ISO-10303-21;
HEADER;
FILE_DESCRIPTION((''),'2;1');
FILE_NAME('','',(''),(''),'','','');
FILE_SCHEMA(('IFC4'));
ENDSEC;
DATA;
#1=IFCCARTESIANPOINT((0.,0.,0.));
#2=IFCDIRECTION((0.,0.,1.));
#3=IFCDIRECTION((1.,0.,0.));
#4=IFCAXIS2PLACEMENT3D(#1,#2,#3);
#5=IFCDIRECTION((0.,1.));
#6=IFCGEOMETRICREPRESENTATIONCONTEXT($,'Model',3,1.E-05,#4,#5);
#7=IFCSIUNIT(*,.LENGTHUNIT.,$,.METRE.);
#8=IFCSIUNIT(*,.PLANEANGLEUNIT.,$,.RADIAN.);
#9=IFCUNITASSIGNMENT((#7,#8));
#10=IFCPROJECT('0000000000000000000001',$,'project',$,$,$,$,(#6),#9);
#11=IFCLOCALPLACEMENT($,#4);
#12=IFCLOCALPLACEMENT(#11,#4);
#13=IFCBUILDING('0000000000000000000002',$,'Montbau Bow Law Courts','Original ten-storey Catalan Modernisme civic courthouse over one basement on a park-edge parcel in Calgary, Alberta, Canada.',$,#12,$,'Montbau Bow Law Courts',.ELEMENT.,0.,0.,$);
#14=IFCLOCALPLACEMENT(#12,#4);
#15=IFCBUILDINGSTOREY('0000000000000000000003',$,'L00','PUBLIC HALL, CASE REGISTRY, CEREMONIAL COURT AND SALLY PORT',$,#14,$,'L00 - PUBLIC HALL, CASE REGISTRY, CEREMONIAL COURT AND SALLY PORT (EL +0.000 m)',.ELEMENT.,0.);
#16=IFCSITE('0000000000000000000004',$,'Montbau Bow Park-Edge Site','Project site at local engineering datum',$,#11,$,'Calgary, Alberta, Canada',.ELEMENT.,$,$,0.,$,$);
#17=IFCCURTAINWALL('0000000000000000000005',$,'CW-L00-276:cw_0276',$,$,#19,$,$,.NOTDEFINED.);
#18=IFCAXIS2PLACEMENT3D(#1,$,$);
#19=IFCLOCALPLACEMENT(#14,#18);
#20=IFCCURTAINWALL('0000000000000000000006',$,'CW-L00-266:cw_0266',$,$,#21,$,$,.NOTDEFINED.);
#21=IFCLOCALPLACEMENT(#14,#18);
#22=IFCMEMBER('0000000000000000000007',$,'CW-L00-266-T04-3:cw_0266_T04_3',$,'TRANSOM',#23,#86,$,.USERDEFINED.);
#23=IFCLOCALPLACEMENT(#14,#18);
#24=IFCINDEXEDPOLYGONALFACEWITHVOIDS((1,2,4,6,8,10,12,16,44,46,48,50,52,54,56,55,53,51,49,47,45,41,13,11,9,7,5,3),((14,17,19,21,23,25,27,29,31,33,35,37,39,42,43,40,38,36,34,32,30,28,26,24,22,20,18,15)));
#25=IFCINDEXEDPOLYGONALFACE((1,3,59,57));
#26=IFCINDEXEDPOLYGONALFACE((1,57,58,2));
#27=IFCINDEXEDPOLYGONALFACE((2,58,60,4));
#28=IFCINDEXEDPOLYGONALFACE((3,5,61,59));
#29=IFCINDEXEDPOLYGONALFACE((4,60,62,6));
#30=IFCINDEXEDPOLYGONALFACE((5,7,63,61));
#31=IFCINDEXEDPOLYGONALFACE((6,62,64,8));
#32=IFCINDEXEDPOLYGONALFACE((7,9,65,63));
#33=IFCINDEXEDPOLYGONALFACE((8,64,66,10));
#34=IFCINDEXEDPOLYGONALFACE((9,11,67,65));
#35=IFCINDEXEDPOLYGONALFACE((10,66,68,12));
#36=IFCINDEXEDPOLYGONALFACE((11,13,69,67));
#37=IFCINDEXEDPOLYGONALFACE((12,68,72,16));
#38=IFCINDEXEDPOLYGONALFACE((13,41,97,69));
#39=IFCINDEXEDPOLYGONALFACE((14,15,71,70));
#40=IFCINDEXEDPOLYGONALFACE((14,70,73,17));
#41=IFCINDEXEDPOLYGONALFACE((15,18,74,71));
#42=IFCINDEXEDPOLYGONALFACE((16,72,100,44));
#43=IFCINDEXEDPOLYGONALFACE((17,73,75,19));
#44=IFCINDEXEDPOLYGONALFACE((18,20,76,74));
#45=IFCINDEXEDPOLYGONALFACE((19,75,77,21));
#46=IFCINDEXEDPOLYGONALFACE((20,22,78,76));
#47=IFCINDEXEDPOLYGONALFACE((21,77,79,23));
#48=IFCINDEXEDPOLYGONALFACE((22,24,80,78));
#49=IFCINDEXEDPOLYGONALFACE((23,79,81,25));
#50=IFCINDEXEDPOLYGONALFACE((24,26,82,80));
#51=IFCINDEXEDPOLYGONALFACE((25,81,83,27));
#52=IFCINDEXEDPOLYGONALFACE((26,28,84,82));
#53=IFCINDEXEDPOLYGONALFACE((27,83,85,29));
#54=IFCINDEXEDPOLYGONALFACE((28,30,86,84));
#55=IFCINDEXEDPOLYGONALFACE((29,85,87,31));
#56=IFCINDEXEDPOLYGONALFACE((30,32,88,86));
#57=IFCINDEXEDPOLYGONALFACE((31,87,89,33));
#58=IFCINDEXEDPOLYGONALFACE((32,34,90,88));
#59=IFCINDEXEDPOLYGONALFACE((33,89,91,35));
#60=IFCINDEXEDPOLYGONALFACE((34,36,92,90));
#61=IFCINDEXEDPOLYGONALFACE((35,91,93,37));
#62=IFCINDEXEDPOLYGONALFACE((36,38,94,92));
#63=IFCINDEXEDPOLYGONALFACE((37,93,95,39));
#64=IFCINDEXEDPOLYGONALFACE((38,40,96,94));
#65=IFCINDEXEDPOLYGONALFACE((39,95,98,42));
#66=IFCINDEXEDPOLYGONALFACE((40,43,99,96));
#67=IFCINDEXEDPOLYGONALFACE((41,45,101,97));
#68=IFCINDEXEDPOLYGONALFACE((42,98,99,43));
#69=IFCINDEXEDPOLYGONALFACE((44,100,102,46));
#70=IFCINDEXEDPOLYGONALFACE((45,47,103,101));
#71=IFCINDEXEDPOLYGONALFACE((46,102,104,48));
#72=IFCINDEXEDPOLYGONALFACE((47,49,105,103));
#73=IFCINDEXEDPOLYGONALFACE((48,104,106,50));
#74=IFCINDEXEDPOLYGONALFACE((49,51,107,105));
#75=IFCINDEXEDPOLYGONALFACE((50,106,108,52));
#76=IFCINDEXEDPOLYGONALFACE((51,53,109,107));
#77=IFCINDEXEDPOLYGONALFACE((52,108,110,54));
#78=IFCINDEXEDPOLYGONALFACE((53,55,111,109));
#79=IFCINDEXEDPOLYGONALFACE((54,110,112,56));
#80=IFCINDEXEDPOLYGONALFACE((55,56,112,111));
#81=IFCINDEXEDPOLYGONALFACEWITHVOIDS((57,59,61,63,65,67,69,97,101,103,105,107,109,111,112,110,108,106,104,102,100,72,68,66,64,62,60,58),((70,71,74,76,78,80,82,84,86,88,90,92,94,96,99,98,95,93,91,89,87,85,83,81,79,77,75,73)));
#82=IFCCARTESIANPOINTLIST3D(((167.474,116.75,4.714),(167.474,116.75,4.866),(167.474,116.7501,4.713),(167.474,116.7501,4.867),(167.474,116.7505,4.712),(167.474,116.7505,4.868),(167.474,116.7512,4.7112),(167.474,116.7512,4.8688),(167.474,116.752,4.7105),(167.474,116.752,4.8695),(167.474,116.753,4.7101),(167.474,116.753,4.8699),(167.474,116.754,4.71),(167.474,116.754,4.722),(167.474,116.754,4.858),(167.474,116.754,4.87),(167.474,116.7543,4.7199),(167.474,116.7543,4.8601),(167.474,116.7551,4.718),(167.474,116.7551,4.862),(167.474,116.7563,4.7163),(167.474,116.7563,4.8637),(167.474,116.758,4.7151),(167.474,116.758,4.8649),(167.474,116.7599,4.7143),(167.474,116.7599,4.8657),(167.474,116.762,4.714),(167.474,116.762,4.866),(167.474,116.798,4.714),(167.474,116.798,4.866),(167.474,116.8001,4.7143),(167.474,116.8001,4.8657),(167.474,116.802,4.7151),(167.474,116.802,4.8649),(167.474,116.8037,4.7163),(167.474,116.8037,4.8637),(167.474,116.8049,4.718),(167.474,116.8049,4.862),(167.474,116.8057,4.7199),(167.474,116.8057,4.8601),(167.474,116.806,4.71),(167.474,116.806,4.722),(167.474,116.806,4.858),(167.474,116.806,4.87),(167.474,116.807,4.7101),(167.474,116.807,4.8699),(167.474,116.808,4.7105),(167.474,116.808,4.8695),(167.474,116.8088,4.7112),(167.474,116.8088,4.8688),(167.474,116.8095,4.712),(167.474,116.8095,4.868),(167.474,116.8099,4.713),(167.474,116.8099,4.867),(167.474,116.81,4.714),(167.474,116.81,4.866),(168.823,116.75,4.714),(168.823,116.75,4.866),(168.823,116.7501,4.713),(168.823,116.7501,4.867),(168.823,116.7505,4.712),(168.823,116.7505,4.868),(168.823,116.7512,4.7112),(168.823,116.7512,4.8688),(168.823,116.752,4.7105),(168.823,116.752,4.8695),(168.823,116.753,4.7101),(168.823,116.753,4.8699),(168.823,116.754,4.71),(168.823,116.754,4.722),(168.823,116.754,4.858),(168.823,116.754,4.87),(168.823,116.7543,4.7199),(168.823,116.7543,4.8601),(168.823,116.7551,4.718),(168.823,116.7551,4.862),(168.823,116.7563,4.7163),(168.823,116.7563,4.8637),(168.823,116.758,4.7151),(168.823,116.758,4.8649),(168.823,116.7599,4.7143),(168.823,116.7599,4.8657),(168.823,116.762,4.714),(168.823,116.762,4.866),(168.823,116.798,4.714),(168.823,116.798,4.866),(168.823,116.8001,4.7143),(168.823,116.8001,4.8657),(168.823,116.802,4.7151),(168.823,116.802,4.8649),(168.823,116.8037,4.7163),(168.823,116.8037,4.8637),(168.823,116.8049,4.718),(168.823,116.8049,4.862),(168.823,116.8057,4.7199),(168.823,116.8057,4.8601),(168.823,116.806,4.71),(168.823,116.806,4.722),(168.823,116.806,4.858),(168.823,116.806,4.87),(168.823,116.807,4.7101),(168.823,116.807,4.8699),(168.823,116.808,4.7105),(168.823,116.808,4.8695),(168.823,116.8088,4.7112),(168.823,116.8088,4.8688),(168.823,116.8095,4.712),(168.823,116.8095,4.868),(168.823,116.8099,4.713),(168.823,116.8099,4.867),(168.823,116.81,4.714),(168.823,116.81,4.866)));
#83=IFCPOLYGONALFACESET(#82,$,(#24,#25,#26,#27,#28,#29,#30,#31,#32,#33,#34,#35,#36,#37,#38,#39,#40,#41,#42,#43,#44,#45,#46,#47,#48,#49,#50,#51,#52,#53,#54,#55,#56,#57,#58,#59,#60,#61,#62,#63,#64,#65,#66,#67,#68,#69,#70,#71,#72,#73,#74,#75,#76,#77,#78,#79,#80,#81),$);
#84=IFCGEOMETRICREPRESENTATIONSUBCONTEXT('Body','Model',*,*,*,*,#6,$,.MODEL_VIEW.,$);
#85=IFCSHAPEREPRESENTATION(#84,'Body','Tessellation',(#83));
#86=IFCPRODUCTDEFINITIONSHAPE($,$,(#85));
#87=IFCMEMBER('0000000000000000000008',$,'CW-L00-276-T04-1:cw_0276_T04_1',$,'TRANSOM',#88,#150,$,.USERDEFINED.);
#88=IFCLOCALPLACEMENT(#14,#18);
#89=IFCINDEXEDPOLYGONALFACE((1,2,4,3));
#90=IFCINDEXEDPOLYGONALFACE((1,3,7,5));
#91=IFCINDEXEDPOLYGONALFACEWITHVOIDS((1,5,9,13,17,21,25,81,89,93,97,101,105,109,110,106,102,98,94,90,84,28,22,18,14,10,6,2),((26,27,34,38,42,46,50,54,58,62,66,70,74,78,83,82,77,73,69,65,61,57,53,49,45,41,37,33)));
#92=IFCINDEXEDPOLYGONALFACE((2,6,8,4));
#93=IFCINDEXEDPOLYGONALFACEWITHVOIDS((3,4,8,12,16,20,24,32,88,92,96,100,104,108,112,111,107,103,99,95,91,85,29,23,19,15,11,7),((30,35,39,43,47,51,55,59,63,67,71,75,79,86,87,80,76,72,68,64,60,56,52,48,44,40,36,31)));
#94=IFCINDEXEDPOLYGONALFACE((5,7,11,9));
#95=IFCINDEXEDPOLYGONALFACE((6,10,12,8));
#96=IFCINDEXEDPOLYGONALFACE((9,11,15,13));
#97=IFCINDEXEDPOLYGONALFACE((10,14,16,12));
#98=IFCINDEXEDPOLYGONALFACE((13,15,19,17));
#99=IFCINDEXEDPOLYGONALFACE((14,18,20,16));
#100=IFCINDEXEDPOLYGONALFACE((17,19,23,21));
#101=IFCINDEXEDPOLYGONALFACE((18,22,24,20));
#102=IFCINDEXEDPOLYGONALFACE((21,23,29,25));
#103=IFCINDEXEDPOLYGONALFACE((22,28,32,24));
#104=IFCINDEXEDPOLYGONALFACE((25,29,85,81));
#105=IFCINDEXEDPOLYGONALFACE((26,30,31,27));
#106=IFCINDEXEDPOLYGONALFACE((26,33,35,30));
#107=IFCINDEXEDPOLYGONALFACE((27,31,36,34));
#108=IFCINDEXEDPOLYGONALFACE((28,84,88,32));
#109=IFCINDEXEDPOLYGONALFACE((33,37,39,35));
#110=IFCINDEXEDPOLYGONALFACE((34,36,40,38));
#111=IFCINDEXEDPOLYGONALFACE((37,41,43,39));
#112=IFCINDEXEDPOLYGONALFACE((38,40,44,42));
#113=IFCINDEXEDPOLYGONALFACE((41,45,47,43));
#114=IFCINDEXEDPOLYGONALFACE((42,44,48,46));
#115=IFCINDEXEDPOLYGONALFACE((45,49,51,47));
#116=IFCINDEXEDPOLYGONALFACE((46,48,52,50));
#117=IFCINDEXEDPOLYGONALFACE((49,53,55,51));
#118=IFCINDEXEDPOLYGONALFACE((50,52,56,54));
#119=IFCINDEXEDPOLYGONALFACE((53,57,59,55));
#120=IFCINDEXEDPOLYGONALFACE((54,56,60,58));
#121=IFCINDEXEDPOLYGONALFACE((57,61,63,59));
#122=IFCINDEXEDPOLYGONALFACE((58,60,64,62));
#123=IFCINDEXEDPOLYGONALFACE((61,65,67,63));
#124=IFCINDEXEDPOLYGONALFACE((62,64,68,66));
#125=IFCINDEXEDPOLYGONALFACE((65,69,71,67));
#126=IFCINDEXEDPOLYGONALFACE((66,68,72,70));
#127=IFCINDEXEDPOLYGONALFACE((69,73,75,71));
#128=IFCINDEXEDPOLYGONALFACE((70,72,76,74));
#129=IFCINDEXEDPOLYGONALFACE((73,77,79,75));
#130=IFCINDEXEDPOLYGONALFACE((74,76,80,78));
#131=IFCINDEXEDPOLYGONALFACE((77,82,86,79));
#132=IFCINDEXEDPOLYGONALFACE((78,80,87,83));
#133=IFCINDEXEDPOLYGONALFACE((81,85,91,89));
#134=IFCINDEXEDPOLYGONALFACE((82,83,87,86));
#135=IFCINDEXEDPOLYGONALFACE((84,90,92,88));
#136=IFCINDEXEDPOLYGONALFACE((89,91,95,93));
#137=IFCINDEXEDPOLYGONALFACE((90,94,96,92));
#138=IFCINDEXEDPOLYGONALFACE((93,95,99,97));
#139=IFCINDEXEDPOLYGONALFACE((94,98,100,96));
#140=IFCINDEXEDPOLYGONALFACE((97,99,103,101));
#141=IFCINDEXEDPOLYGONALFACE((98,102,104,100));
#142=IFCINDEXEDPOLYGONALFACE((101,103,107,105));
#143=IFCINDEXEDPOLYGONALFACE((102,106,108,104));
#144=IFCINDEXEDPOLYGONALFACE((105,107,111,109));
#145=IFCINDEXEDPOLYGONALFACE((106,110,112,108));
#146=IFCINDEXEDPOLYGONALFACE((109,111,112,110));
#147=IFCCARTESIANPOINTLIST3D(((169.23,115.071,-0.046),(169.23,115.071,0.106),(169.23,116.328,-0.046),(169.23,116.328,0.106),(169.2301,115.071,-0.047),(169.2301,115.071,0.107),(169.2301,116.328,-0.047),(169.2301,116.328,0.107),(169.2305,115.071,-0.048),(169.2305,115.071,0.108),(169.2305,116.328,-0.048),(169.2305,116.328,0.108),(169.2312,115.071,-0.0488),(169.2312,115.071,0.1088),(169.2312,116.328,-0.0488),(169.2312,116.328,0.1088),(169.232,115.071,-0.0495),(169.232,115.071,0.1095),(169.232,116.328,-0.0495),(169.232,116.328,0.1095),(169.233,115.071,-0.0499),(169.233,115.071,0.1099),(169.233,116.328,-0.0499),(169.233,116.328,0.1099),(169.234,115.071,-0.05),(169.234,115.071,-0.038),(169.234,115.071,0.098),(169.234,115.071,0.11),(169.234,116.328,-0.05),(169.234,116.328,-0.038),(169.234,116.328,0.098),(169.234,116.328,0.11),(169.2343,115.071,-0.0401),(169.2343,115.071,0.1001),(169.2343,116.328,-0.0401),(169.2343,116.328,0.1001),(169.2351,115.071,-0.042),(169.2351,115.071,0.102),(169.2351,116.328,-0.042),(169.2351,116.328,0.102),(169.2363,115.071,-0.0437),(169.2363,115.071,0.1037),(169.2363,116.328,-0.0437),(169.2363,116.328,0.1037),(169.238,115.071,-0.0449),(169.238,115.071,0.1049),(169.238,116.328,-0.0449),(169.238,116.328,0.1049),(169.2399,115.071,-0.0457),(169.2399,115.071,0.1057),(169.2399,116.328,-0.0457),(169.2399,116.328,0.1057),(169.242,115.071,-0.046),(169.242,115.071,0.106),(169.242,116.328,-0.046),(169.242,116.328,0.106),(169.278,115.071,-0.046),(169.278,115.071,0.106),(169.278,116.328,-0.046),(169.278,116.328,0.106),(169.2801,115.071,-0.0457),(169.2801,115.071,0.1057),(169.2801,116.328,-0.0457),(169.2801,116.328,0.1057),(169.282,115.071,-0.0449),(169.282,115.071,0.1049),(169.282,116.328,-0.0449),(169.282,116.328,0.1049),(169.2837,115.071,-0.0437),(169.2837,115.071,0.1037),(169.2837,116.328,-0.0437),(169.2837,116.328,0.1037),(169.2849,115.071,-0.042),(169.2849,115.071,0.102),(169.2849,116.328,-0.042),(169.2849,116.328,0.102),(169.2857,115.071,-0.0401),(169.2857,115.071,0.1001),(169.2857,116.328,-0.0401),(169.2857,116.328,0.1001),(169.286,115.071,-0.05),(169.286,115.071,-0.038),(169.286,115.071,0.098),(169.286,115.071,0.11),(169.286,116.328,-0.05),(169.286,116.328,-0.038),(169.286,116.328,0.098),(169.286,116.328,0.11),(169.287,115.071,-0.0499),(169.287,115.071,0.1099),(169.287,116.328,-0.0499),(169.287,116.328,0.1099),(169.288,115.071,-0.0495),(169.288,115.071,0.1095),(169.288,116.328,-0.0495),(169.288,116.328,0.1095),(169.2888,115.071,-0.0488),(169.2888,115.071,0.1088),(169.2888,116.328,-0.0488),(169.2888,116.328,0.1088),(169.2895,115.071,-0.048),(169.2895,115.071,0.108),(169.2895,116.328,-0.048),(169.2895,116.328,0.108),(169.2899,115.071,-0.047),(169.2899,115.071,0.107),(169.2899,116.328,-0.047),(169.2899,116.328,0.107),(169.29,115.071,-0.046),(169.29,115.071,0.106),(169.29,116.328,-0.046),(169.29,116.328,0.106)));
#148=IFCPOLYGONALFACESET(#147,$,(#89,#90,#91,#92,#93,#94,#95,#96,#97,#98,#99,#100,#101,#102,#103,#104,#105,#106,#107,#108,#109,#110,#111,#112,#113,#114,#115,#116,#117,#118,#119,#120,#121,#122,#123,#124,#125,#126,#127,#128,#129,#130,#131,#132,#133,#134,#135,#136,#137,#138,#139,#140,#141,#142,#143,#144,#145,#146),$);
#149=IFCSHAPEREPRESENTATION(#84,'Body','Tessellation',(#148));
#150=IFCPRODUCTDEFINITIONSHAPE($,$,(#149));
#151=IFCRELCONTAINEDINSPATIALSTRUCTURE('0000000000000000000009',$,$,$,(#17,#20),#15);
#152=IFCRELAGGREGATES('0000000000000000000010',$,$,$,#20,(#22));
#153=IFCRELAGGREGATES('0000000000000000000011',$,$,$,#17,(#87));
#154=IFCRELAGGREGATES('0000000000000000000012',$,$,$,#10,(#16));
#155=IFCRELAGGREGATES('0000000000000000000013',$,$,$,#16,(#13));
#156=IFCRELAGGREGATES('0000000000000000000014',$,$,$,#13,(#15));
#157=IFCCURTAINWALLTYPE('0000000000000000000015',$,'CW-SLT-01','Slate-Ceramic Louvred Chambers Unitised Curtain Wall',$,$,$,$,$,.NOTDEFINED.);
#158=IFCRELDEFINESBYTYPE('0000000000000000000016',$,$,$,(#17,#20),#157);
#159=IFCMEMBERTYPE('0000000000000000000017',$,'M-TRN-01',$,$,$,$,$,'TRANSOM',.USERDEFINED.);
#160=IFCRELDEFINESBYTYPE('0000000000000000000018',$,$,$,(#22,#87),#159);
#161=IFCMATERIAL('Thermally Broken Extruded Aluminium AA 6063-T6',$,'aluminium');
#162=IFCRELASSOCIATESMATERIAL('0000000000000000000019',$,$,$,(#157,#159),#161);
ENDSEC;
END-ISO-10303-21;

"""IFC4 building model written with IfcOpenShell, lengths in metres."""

from ifc_helpers import new_model, si_unit, direction, frame, origin_with_axes, origin_2d_with_axis, place, context, subcontext, project, spatial, hollow_rectangle, extrude, material, material_profile, profile_set, type_object, element, aggregate, save


model = new_model("IFC4")

# Units and contexts
model_context = context("Model", 3, precision=1e-05, world=origin_with_axes(), true_north=direction((0.0, 1.0)))
body_context = subcontext(model_context, "Body", "Model", "MODEL_VIEW")
ifc_project = project(units=[si_unit("LENGTHUNIT", "METRE"), si_unit("PLANEANGLEUNIT", "RADIAN")], contexts=[model_context])

# Site, building, storey
site_placement = place(None, origin_with_axes())
site = spatial("IfcSite", under=ifc_project, at=site_placement, Name="Montbau Bow Park-Edge Site", Description="Project site at local engineering datum", LongName="Calgary, Alberta, Canada", CompositionType="ELEMENT", RefElevation=0.0)
building_placement = place(site_placement, origin_with_axes())
building = spatial("IfcBuilding", under=site, at=building_placement, Name="Montbau Bow Law Courts", Description="Original ten-storey Catalan Modernisme civic courthouse over one basement on a park-edge parcel in Calgary, Alberta, Canada.", LongName="Montbau Bow Law Courts", CompositionType="ELEMENT", ElevationOfRefHeight=0.0, ElevationOfTerrain=0.0)
storey_placement = place(building_placement, origin_with_axes())
storey = spatial("IfcBuildingStorey", under=building, at=storey_placement, Name="L00", Description="PUBLIC HALL, CASE REGISTRY, CEREMONIAL COURT AND SALLY PORT", LongName="L00 - PUBLIC HALL, CASE REGISTRY, CEREMONIAL COURT AND SALLY PORT (EL +0.000 m)", CompositionType="ELEMENT", Elevation=0.0)

# Curtain walls, member
ifc_material_1 = material(Name="Thermally Broken Extruded Aluminium AA 6063-T6", Category="aluminium")
curtain_wall_type = type_object("IfcCurtainWallType", Name="CW-SLT-01", Description="Slate-Ceramic Louvred Chambers Unitised Curtain Wall", PredefinedType="NOTDEFINED", material=ifc_material_1)
curtain_wall_1_placement = place(None, frame((169.26, 110.915, 0.0), z_axis=(0.0, 0.0, 1.0), x_axis=(1.0, 0.0, 0.0)))
curtain_wall_1 = element("IfcCurtainWall", 1, at=curtain_wall_1_placement, inside=storey, type_object=curtain_wall_type, Name="CW-L00-276:cw_0276", PredefinedType="NOTDEFINED")
curtain_wall_2_placement = place(None, frame((163.115, 116.78, 0.0), z_axis=(0.0, 0.0, 1.0), x_axis=(1.0, 0.0, 0.0)))
curtain_wall_2 = element("IfcCurtainWall", 2, at=curtain_wall_2_placement, inside=storey, type_object=curtain_wall_type, Name="CW-L00-266:cw_0266", PredefinedType="NOTDEFINED")
ifc_material_profile_1 = material_profile(ifc_material_1, hollow_rectangle(XDim=0.06, YDim=0.16, WallThickness=0.004, InnerFilletRadius=0.008, OuterFilletRadius=0.004, at=origin_2d_with_axis()), Name="CWT-160X60", Category="Main", Priority=0)
ifc_profile_set_1 = profile_set([ifc_material_profile_1], Name="Thermally Broken Extruded Aluminium AA 6063-T6")
member_type_1 = type_object("IfcMemberType", Name="M-TRN-01", ElementType="TRANSOM", PredefinedType="USERDEFINED", material=ifc_profile_set_1)
member_1_placement = place(None, frame((167.474, 116.78, 4.79), z_axis=(1.0, 0.0, 0.0), x_axis=(0.0, 1.0, 0.0)))
member_1 = element("IfcMember", 3, at=member_1_placement, type_object=member_type_1, Name="CW-L00-266-T04-3:cw_0266_T04_3", ObjectType="TRANSOM", PredefinedType="USERDEFINED", context=body_context, shape_type="SweptSolid", body=[
    extrude(hollow_rectangle(XDim=0.06, YDim=0.16, WallThickness=0.004, InnerFilletRadius=0.008, OuterFilletRadius=0.004, at=origin_2d_with_axis()), origin_with_axes(), (0.0, 0.0, 1.0), 1.349),
])

# Member
member_2_placement = place(None, frame((169.26, 115.071, 0.03), z_axis=(0.0, 1.0, 0.0), x_axis=(-1.0, 0.0, 0.0)))
member_2 = element("IfcMember", 4, at=member_2_placement, type_object=member_type_1, Name="CW-L00-276-T04-1:cw_0276_T04_1", ObjectType="TRANSOM", PredefinedType="USERDEFINED", context=body_context, shape_type="SweptSolid", body=[
    extrude(hollow_rectangle(XDim=0.06, YDim=0.16, WallThickness=0.004, InnerFilletRadius=0.008, OuterFilletRadius=0.004, at=origin_2d_with_axis()), origin_with_axes(), (0.0, 0.0, 1.0), 1.257),
])

aggregate(curtain_wall_2, [member_1])
aggregate(curtain_wall_1, [member_2])

save(model, "model.ifc")
